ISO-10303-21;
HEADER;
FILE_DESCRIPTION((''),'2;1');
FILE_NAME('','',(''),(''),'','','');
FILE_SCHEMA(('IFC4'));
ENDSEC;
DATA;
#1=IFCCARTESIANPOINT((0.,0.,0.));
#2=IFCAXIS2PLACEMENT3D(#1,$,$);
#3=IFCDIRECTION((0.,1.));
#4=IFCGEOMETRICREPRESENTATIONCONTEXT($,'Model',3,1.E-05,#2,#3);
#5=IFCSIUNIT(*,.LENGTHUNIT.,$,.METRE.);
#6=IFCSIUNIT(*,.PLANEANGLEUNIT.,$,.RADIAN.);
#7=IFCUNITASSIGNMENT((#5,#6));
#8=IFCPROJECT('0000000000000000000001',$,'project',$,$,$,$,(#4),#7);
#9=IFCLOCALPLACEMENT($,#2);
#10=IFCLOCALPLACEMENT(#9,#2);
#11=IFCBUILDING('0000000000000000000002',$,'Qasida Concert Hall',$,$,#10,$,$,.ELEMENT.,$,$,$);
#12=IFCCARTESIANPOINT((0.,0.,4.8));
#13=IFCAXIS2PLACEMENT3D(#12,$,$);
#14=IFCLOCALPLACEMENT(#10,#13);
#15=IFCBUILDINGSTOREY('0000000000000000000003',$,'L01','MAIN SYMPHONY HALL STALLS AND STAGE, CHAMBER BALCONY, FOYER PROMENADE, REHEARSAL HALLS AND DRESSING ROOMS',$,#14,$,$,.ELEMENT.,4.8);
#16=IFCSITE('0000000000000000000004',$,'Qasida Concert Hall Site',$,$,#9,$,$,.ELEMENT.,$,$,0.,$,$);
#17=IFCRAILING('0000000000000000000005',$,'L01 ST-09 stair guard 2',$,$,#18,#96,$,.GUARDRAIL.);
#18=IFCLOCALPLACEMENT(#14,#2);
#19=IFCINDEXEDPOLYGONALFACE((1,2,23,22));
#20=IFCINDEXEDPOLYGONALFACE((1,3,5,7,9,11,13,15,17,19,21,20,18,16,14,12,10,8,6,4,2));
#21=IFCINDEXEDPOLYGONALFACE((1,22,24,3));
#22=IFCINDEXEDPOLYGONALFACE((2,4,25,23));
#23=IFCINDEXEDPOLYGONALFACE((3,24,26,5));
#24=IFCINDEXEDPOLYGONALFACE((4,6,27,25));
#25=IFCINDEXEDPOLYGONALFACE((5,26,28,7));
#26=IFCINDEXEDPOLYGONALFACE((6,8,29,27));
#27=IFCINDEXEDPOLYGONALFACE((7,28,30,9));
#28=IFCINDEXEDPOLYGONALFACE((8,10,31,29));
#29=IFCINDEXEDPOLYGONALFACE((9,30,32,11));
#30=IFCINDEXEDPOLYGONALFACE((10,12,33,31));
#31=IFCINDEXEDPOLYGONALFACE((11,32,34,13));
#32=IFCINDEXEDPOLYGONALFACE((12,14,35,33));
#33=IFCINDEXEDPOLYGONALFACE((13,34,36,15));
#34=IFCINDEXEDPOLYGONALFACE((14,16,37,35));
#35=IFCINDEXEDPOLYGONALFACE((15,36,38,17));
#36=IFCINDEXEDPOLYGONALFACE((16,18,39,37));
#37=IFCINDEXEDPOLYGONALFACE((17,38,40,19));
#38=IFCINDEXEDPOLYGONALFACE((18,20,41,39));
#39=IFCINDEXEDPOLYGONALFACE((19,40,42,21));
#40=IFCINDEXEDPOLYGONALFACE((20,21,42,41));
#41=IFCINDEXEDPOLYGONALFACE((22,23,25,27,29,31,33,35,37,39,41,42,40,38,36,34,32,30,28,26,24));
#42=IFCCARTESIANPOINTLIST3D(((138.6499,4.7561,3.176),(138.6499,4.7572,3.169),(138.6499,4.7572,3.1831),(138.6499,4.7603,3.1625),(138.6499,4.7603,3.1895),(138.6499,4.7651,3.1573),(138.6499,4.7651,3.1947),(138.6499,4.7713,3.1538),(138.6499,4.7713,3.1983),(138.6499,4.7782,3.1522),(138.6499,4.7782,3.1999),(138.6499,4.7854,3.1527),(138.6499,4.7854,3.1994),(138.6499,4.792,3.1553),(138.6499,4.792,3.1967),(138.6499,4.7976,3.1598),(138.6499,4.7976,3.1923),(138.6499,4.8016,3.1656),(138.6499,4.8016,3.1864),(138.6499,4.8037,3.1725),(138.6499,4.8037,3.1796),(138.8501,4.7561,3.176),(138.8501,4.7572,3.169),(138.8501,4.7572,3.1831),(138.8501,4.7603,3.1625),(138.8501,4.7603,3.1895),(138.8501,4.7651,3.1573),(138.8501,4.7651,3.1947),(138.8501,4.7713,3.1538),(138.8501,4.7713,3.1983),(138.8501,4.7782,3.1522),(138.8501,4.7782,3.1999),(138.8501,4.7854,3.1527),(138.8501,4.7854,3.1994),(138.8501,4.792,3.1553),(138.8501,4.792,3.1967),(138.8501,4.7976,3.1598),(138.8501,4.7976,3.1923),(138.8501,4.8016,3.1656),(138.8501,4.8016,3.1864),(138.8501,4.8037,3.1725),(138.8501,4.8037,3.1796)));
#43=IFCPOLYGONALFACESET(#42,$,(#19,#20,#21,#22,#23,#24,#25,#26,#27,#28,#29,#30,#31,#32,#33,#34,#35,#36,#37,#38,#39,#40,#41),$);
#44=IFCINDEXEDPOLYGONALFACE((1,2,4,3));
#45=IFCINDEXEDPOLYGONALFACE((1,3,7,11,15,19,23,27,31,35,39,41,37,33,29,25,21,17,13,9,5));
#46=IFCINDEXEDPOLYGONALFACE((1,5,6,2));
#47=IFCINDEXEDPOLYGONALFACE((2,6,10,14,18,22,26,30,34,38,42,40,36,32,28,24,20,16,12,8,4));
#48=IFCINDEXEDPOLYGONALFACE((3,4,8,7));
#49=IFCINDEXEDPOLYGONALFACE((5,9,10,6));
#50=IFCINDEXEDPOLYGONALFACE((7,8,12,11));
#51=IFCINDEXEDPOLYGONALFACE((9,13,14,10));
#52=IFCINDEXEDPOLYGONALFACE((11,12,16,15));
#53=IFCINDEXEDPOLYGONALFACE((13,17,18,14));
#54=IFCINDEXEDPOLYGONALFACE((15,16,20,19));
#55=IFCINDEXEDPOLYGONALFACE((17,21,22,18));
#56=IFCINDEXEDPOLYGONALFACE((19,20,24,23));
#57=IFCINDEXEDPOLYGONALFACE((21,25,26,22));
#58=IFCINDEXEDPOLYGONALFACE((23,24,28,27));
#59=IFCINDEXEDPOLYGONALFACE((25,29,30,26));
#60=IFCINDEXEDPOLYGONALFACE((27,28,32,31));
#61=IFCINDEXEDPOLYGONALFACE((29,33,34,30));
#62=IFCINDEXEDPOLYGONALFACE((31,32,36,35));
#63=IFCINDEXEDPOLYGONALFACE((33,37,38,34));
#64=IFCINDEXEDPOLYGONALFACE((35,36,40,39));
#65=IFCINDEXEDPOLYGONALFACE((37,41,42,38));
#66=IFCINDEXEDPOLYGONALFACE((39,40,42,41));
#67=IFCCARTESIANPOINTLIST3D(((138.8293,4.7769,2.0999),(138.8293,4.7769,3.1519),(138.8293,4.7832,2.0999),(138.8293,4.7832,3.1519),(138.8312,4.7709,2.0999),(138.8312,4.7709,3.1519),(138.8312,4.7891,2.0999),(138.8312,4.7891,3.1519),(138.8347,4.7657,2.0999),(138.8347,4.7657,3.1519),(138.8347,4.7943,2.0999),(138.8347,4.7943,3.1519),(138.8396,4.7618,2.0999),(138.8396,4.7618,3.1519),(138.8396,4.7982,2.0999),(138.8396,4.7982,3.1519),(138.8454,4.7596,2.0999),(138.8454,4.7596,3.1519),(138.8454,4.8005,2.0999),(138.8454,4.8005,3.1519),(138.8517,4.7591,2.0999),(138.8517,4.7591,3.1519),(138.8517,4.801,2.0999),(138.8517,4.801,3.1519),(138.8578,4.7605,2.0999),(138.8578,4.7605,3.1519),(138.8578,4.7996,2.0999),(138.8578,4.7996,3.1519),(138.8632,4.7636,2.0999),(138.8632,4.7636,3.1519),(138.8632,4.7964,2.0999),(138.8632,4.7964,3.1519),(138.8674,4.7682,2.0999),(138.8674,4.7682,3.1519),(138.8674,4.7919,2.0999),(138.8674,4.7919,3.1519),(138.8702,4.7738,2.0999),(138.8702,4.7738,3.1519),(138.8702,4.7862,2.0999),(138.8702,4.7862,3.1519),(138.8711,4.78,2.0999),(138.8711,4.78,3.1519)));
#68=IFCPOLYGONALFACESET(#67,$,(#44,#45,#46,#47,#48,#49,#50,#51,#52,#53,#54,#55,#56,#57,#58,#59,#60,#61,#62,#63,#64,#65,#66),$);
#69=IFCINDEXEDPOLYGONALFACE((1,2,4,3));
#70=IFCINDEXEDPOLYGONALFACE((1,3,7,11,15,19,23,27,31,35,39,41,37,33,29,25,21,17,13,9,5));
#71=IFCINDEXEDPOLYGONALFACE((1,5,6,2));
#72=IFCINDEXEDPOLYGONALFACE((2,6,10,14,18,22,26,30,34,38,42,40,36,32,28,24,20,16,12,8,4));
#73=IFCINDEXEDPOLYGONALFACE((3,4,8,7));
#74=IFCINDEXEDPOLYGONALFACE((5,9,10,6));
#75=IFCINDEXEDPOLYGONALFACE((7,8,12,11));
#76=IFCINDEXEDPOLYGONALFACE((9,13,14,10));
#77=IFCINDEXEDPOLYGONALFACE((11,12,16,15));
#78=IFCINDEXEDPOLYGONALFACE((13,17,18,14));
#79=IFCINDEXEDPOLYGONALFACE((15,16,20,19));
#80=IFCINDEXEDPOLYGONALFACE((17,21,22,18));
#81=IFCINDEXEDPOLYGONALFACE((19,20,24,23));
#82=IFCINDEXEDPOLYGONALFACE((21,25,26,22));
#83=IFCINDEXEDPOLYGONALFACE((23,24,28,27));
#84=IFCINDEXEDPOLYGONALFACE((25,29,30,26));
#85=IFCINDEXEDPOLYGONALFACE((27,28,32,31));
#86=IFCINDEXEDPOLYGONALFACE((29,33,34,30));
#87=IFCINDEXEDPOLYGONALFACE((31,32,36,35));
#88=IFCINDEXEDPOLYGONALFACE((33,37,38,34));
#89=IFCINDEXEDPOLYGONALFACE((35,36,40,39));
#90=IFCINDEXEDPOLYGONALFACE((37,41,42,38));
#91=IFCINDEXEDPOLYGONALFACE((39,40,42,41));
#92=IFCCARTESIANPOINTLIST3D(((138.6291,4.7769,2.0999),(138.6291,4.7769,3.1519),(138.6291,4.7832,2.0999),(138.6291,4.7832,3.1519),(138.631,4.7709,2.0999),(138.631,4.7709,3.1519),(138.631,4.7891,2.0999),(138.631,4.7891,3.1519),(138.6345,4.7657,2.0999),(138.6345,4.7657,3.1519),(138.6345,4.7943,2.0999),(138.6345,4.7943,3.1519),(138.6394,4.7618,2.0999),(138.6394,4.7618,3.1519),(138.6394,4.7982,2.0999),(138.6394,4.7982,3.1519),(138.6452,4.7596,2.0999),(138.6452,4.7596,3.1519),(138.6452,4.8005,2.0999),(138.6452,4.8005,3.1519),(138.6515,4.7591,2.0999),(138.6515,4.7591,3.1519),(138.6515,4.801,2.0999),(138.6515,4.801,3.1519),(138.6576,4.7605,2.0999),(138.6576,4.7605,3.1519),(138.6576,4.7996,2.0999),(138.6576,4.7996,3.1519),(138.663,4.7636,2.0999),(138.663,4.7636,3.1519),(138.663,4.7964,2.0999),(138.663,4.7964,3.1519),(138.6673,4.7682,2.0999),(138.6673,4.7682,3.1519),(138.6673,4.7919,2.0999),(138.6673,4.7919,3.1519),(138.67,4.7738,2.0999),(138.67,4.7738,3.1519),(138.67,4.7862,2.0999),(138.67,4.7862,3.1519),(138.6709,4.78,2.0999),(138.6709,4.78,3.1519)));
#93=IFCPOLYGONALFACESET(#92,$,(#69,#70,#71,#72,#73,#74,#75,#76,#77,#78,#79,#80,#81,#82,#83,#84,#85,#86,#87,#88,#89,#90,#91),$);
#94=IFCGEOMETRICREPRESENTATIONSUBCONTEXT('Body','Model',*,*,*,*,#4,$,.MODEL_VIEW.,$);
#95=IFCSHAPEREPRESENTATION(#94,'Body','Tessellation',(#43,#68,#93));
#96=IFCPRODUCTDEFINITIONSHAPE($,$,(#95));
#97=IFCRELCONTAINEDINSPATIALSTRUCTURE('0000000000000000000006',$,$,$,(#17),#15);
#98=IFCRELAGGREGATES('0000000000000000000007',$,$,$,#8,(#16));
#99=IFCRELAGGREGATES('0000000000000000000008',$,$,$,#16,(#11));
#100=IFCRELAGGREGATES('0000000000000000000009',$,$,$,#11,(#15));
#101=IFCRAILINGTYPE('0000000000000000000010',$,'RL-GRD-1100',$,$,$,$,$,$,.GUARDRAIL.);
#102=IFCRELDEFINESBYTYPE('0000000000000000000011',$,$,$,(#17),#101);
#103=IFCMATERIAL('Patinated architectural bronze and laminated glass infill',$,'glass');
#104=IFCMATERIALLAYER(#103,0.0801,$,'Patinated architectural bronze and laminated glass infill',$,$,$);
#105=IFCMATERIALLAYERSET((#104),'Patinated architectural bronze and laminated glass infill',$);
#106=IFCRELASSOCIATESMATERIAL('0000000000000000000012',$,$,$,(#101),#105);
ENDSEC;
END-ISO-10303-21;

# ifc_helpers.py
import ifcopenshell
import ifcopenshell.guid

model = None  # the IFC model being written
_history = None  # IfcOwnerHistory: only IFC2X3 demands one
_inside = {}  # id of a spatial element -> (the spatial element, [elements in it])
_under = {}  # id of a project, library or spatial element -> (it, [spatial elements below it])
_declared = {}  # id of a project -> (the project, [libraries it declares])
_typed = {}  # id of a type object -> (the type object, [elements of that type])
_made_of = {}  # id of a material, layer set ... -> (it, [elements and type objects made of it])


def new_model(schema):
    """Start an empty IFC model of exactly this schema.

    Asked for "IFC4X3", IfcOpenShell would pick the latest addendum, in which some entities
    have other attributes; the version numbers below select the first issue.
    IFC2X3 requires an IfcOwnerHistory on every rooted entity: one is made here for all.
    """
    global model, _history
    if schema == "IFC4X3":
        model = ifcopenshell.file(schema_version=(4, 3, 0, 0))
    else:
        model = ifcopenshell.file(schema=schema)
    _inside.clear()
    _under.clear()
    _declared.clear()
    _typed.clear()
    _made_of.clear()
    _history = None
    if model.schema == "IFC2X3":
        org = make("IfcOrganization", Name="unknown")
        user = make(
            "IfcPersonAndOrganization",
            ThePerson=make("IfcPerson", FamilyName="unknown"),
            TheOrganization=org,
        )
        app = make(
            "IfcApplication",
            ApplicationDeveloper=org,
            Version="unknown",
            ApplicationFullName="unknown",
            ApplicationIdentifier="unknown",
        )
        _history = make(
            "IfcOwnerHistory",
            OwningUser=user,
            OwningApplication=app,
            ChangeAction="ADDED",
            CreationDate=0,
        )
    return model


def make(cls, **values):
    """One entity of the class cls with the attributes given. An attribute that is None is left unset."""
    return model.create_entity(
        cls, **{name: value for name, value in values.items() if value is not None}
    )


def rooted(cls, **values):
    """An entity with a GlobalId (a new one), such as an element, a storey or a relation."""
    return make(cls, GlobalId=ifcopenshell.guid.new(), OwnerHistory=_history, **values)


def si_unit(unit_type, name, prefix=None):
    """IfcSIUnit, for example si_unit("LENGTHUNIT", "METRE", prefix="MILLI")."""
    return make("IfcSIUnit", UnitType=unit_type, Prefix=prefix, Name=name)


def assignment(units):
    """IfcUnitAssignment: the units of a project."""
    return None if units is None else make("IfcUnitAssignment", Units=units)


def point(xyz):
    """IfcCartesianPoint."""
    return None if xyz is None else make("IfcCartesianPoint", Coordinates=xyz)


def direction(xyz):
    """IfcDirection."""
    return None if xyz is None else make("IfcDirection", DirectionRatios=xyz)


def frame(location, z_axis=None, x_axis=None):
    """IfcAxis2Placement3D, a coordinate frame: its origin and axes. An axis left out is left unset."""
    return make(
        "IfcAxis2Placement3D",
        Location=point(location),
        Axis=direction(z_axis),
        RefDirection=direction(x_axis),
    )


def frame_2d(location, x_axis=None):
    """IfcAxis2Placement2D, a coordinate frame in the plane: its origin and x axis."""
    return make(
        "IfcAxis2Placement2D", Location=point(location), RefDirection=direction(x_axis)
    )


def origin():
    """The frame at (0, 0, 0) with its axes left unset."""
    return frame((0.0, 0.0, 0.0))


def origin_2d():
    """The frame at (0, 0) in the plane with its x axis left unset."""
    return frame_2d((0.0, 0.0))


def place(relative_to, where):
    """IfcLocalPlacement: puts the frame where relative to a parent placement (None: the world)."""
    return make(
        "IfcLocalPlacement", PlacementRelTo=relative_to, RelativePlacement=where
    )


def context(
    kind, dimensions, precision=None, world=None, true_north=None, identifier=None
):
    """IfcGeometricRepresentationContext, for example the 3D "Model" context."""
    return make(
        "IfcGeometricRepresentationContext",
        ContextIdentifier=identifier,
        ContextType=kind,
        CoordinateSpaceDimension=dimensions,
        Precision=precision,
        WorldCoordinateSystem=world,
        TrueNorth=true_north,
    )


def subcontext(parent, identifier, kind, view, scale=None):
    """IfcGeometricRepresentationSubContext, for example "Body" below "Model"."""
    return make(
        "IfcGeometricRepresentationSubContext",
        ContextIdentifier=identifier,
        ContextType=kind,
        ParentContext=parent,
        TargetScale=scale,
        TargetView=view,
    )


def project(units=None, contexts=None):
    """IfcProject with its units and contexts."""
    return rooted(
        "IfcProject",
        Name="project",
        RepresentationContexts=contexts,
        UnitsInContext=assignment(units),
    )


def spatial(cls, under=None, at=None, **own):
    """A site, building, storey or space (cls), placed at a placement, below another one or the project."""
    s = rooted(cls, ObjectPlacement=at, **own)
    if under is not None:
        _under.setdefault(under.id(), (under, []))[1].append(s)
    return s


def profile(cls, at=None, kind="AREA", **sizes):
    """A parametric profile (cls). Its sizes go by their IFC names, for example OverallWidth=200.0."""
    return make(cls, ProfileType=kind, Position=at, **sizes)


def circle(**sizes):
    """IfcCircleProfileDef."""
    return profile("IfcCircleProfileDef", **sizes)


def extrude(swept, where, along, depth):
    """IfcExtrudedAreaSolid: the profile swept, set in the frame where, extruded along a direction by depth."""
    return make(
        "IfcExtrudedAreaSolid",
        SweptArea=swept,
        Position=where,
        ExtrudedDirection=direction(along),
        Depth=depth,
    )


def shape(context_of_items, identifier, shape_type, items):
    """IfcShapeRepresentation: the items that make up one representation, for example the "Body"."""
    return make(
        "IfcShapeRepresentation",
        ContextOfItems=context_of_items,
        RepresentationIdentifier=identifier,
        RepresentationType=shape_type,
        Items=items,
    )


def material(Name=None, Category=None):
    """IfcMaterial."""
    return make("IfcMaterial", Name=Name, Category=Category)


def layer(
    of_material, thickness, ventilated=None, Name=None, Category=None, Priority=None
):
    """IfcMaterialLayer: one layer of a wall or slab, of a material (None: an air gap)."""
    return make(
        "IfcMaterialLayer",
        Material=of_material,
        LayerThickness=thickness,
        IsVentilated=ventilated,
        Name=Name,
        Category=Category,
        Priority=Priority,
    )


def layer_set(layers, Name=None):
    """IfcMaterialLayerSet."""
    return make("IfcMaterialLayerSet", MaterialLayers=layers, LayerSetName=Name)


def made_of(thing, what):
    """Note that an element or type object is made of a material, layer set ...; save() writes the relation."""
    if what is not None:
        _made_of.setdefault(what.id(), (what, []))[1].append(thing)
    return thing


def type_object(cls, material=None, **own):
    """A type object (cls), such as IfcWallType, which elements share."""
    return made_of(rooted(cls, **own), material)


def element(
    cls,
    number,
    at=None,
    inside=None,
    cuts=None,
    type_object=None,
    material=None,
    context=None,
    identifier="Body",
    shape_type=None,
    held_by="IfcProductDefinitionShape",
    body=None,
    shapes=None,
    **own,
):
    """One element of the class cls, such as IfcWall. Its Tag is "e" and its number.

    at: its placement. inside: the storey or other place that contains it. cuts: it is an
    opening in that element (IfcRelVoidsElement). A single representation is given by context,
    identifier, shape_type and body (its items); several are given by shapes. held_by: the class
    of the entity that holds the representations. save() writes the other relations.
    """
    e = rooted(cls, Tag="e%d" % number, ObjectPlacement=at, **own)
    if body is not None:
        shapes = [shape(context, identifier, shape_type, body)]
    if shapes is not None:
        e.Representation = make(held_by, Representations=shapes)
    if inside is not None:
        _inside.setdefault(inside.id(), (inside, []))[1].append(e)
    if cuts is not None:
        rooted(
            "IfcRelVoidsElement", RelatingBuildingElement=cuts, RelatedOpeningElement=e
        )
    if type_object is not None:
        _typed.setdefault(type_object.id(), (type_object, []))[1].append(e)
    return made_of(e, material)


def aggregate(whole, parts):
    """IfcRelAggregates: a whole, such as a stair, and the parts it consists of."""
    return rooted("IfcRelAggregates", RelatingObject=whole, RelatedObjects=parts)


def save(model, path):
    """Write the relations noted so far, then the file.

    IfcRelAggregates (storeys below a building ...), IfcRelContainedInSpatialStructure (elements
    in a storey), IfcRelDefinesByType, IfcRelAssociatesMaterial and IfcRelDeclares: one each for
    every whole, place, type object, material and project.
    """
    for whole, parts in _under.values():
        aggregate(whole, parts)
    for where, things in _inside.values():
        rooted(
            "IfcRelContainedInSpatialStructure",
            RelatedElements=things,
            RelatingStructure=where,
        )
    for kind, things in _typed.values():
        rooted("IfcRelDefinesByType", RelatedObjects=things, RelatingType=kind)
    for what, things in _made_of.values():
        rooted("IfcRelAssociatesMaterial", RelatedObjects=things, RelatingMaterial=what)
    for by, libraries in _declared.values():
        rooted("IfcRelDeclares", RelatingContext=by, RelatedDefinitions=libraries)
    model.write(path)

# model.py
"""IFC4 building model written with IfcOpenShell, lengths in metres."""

from ifc_helpers import new_model, si_unit, direction, frame, origin, origin_2d, place, context, subcontext, project, spatial, circle, extrude, material, layer, layer_set, type_object, element, save


model = new_model("IFC4")

# Units and contexts
model_context = context("Model", 3, precision=1e-05, world=origin(), true_north=direction((0.0, 1.0)))
body_context = subcontext(model_context, "Body", "Model", "MODEL_VIEW")
ifc_project = project(units=[si_unit("LENGTHUNIT", "METRE"), si_unit("PLANEANGLEUNIT", "RADIAN")], contexts=[model_context])

# Site, building, storey
site_placement = place(None, origin())
site = spatial("IfcSite", under=ifc_project, at=site_placement, Name="Qasida Concert Hall Site", CompositionType="ELEMENT", RefElevation=0.0)
building_placement = place(site_placement, origin())
building = spatial("IfcBuilding", under=site, at=building_placement, Name="Qasida Concert Hall", CompositionType="ELEMENT")
storey_placement = place(building_placement, frame((0.0, 0.0, 4.8)))
storey = spatial("IfcBuildingStorey", under=building, at=storey_placement, Name="L01", Description="MAIN SYMPHONY HALL STALLS AND STAGE, CHAMBER BALCONY, FOYER PROMENADE, REHEARSAL HALLS AND DRESSING ROOMS", CompositionType="ELEMENT", Elevation=4.8)

# Railing
ifc_material_1 = material(Name="Patinated architectural bronze and laminated glass infill", Category="glass")
ifc_layer_1 = layer(ifc_material_1, 0.0801, Name="Patinated architectural bronze and laminated glass infill")
ifc_layer_set_1 = layer_set([ifc_layer_1], Name="Patinated architectural bronze and laminated glass infill")
railing_type_1 = type_object("IfcRailingType", Name="RL-GRD-1100", PredefinedType="GUARDRAIL", material=ifc_layer_set_1)
railing_1_placement = place(storey_placement, frame((138.8501, 4.78, 2.0999)))
element("IfcRailing", 1, at=railing_1_placement, inside=storey, type_object=railing_type_1, Name="L01 ST-09 stair guard 2", PredefinedType="GUARDRAIL", context=body_context, shape_type="SweptSolid", body=[
    extrude(circle(Radius=0.0239, at=origin_2d()), frame((0.0, 0.0, 1.0762), z_axis=(-1.0, 0.0, 0.0), x_axis=(0.0, -1.0, 0.0)), (0.0, 0.0, 1.0), 0.2002),
    extrude(circle(Radius=0.021, at=origin_2d()), origin(), (0.0, 0.0, 1.0), 1.052),
    extrude(circle(Radius=0.021, at=origin_2d()), frame((-0.2002, 0.0, 0.0)), (0.0, 0.0, 1.0), 1.052),
])

save(model, "model.ifc")
